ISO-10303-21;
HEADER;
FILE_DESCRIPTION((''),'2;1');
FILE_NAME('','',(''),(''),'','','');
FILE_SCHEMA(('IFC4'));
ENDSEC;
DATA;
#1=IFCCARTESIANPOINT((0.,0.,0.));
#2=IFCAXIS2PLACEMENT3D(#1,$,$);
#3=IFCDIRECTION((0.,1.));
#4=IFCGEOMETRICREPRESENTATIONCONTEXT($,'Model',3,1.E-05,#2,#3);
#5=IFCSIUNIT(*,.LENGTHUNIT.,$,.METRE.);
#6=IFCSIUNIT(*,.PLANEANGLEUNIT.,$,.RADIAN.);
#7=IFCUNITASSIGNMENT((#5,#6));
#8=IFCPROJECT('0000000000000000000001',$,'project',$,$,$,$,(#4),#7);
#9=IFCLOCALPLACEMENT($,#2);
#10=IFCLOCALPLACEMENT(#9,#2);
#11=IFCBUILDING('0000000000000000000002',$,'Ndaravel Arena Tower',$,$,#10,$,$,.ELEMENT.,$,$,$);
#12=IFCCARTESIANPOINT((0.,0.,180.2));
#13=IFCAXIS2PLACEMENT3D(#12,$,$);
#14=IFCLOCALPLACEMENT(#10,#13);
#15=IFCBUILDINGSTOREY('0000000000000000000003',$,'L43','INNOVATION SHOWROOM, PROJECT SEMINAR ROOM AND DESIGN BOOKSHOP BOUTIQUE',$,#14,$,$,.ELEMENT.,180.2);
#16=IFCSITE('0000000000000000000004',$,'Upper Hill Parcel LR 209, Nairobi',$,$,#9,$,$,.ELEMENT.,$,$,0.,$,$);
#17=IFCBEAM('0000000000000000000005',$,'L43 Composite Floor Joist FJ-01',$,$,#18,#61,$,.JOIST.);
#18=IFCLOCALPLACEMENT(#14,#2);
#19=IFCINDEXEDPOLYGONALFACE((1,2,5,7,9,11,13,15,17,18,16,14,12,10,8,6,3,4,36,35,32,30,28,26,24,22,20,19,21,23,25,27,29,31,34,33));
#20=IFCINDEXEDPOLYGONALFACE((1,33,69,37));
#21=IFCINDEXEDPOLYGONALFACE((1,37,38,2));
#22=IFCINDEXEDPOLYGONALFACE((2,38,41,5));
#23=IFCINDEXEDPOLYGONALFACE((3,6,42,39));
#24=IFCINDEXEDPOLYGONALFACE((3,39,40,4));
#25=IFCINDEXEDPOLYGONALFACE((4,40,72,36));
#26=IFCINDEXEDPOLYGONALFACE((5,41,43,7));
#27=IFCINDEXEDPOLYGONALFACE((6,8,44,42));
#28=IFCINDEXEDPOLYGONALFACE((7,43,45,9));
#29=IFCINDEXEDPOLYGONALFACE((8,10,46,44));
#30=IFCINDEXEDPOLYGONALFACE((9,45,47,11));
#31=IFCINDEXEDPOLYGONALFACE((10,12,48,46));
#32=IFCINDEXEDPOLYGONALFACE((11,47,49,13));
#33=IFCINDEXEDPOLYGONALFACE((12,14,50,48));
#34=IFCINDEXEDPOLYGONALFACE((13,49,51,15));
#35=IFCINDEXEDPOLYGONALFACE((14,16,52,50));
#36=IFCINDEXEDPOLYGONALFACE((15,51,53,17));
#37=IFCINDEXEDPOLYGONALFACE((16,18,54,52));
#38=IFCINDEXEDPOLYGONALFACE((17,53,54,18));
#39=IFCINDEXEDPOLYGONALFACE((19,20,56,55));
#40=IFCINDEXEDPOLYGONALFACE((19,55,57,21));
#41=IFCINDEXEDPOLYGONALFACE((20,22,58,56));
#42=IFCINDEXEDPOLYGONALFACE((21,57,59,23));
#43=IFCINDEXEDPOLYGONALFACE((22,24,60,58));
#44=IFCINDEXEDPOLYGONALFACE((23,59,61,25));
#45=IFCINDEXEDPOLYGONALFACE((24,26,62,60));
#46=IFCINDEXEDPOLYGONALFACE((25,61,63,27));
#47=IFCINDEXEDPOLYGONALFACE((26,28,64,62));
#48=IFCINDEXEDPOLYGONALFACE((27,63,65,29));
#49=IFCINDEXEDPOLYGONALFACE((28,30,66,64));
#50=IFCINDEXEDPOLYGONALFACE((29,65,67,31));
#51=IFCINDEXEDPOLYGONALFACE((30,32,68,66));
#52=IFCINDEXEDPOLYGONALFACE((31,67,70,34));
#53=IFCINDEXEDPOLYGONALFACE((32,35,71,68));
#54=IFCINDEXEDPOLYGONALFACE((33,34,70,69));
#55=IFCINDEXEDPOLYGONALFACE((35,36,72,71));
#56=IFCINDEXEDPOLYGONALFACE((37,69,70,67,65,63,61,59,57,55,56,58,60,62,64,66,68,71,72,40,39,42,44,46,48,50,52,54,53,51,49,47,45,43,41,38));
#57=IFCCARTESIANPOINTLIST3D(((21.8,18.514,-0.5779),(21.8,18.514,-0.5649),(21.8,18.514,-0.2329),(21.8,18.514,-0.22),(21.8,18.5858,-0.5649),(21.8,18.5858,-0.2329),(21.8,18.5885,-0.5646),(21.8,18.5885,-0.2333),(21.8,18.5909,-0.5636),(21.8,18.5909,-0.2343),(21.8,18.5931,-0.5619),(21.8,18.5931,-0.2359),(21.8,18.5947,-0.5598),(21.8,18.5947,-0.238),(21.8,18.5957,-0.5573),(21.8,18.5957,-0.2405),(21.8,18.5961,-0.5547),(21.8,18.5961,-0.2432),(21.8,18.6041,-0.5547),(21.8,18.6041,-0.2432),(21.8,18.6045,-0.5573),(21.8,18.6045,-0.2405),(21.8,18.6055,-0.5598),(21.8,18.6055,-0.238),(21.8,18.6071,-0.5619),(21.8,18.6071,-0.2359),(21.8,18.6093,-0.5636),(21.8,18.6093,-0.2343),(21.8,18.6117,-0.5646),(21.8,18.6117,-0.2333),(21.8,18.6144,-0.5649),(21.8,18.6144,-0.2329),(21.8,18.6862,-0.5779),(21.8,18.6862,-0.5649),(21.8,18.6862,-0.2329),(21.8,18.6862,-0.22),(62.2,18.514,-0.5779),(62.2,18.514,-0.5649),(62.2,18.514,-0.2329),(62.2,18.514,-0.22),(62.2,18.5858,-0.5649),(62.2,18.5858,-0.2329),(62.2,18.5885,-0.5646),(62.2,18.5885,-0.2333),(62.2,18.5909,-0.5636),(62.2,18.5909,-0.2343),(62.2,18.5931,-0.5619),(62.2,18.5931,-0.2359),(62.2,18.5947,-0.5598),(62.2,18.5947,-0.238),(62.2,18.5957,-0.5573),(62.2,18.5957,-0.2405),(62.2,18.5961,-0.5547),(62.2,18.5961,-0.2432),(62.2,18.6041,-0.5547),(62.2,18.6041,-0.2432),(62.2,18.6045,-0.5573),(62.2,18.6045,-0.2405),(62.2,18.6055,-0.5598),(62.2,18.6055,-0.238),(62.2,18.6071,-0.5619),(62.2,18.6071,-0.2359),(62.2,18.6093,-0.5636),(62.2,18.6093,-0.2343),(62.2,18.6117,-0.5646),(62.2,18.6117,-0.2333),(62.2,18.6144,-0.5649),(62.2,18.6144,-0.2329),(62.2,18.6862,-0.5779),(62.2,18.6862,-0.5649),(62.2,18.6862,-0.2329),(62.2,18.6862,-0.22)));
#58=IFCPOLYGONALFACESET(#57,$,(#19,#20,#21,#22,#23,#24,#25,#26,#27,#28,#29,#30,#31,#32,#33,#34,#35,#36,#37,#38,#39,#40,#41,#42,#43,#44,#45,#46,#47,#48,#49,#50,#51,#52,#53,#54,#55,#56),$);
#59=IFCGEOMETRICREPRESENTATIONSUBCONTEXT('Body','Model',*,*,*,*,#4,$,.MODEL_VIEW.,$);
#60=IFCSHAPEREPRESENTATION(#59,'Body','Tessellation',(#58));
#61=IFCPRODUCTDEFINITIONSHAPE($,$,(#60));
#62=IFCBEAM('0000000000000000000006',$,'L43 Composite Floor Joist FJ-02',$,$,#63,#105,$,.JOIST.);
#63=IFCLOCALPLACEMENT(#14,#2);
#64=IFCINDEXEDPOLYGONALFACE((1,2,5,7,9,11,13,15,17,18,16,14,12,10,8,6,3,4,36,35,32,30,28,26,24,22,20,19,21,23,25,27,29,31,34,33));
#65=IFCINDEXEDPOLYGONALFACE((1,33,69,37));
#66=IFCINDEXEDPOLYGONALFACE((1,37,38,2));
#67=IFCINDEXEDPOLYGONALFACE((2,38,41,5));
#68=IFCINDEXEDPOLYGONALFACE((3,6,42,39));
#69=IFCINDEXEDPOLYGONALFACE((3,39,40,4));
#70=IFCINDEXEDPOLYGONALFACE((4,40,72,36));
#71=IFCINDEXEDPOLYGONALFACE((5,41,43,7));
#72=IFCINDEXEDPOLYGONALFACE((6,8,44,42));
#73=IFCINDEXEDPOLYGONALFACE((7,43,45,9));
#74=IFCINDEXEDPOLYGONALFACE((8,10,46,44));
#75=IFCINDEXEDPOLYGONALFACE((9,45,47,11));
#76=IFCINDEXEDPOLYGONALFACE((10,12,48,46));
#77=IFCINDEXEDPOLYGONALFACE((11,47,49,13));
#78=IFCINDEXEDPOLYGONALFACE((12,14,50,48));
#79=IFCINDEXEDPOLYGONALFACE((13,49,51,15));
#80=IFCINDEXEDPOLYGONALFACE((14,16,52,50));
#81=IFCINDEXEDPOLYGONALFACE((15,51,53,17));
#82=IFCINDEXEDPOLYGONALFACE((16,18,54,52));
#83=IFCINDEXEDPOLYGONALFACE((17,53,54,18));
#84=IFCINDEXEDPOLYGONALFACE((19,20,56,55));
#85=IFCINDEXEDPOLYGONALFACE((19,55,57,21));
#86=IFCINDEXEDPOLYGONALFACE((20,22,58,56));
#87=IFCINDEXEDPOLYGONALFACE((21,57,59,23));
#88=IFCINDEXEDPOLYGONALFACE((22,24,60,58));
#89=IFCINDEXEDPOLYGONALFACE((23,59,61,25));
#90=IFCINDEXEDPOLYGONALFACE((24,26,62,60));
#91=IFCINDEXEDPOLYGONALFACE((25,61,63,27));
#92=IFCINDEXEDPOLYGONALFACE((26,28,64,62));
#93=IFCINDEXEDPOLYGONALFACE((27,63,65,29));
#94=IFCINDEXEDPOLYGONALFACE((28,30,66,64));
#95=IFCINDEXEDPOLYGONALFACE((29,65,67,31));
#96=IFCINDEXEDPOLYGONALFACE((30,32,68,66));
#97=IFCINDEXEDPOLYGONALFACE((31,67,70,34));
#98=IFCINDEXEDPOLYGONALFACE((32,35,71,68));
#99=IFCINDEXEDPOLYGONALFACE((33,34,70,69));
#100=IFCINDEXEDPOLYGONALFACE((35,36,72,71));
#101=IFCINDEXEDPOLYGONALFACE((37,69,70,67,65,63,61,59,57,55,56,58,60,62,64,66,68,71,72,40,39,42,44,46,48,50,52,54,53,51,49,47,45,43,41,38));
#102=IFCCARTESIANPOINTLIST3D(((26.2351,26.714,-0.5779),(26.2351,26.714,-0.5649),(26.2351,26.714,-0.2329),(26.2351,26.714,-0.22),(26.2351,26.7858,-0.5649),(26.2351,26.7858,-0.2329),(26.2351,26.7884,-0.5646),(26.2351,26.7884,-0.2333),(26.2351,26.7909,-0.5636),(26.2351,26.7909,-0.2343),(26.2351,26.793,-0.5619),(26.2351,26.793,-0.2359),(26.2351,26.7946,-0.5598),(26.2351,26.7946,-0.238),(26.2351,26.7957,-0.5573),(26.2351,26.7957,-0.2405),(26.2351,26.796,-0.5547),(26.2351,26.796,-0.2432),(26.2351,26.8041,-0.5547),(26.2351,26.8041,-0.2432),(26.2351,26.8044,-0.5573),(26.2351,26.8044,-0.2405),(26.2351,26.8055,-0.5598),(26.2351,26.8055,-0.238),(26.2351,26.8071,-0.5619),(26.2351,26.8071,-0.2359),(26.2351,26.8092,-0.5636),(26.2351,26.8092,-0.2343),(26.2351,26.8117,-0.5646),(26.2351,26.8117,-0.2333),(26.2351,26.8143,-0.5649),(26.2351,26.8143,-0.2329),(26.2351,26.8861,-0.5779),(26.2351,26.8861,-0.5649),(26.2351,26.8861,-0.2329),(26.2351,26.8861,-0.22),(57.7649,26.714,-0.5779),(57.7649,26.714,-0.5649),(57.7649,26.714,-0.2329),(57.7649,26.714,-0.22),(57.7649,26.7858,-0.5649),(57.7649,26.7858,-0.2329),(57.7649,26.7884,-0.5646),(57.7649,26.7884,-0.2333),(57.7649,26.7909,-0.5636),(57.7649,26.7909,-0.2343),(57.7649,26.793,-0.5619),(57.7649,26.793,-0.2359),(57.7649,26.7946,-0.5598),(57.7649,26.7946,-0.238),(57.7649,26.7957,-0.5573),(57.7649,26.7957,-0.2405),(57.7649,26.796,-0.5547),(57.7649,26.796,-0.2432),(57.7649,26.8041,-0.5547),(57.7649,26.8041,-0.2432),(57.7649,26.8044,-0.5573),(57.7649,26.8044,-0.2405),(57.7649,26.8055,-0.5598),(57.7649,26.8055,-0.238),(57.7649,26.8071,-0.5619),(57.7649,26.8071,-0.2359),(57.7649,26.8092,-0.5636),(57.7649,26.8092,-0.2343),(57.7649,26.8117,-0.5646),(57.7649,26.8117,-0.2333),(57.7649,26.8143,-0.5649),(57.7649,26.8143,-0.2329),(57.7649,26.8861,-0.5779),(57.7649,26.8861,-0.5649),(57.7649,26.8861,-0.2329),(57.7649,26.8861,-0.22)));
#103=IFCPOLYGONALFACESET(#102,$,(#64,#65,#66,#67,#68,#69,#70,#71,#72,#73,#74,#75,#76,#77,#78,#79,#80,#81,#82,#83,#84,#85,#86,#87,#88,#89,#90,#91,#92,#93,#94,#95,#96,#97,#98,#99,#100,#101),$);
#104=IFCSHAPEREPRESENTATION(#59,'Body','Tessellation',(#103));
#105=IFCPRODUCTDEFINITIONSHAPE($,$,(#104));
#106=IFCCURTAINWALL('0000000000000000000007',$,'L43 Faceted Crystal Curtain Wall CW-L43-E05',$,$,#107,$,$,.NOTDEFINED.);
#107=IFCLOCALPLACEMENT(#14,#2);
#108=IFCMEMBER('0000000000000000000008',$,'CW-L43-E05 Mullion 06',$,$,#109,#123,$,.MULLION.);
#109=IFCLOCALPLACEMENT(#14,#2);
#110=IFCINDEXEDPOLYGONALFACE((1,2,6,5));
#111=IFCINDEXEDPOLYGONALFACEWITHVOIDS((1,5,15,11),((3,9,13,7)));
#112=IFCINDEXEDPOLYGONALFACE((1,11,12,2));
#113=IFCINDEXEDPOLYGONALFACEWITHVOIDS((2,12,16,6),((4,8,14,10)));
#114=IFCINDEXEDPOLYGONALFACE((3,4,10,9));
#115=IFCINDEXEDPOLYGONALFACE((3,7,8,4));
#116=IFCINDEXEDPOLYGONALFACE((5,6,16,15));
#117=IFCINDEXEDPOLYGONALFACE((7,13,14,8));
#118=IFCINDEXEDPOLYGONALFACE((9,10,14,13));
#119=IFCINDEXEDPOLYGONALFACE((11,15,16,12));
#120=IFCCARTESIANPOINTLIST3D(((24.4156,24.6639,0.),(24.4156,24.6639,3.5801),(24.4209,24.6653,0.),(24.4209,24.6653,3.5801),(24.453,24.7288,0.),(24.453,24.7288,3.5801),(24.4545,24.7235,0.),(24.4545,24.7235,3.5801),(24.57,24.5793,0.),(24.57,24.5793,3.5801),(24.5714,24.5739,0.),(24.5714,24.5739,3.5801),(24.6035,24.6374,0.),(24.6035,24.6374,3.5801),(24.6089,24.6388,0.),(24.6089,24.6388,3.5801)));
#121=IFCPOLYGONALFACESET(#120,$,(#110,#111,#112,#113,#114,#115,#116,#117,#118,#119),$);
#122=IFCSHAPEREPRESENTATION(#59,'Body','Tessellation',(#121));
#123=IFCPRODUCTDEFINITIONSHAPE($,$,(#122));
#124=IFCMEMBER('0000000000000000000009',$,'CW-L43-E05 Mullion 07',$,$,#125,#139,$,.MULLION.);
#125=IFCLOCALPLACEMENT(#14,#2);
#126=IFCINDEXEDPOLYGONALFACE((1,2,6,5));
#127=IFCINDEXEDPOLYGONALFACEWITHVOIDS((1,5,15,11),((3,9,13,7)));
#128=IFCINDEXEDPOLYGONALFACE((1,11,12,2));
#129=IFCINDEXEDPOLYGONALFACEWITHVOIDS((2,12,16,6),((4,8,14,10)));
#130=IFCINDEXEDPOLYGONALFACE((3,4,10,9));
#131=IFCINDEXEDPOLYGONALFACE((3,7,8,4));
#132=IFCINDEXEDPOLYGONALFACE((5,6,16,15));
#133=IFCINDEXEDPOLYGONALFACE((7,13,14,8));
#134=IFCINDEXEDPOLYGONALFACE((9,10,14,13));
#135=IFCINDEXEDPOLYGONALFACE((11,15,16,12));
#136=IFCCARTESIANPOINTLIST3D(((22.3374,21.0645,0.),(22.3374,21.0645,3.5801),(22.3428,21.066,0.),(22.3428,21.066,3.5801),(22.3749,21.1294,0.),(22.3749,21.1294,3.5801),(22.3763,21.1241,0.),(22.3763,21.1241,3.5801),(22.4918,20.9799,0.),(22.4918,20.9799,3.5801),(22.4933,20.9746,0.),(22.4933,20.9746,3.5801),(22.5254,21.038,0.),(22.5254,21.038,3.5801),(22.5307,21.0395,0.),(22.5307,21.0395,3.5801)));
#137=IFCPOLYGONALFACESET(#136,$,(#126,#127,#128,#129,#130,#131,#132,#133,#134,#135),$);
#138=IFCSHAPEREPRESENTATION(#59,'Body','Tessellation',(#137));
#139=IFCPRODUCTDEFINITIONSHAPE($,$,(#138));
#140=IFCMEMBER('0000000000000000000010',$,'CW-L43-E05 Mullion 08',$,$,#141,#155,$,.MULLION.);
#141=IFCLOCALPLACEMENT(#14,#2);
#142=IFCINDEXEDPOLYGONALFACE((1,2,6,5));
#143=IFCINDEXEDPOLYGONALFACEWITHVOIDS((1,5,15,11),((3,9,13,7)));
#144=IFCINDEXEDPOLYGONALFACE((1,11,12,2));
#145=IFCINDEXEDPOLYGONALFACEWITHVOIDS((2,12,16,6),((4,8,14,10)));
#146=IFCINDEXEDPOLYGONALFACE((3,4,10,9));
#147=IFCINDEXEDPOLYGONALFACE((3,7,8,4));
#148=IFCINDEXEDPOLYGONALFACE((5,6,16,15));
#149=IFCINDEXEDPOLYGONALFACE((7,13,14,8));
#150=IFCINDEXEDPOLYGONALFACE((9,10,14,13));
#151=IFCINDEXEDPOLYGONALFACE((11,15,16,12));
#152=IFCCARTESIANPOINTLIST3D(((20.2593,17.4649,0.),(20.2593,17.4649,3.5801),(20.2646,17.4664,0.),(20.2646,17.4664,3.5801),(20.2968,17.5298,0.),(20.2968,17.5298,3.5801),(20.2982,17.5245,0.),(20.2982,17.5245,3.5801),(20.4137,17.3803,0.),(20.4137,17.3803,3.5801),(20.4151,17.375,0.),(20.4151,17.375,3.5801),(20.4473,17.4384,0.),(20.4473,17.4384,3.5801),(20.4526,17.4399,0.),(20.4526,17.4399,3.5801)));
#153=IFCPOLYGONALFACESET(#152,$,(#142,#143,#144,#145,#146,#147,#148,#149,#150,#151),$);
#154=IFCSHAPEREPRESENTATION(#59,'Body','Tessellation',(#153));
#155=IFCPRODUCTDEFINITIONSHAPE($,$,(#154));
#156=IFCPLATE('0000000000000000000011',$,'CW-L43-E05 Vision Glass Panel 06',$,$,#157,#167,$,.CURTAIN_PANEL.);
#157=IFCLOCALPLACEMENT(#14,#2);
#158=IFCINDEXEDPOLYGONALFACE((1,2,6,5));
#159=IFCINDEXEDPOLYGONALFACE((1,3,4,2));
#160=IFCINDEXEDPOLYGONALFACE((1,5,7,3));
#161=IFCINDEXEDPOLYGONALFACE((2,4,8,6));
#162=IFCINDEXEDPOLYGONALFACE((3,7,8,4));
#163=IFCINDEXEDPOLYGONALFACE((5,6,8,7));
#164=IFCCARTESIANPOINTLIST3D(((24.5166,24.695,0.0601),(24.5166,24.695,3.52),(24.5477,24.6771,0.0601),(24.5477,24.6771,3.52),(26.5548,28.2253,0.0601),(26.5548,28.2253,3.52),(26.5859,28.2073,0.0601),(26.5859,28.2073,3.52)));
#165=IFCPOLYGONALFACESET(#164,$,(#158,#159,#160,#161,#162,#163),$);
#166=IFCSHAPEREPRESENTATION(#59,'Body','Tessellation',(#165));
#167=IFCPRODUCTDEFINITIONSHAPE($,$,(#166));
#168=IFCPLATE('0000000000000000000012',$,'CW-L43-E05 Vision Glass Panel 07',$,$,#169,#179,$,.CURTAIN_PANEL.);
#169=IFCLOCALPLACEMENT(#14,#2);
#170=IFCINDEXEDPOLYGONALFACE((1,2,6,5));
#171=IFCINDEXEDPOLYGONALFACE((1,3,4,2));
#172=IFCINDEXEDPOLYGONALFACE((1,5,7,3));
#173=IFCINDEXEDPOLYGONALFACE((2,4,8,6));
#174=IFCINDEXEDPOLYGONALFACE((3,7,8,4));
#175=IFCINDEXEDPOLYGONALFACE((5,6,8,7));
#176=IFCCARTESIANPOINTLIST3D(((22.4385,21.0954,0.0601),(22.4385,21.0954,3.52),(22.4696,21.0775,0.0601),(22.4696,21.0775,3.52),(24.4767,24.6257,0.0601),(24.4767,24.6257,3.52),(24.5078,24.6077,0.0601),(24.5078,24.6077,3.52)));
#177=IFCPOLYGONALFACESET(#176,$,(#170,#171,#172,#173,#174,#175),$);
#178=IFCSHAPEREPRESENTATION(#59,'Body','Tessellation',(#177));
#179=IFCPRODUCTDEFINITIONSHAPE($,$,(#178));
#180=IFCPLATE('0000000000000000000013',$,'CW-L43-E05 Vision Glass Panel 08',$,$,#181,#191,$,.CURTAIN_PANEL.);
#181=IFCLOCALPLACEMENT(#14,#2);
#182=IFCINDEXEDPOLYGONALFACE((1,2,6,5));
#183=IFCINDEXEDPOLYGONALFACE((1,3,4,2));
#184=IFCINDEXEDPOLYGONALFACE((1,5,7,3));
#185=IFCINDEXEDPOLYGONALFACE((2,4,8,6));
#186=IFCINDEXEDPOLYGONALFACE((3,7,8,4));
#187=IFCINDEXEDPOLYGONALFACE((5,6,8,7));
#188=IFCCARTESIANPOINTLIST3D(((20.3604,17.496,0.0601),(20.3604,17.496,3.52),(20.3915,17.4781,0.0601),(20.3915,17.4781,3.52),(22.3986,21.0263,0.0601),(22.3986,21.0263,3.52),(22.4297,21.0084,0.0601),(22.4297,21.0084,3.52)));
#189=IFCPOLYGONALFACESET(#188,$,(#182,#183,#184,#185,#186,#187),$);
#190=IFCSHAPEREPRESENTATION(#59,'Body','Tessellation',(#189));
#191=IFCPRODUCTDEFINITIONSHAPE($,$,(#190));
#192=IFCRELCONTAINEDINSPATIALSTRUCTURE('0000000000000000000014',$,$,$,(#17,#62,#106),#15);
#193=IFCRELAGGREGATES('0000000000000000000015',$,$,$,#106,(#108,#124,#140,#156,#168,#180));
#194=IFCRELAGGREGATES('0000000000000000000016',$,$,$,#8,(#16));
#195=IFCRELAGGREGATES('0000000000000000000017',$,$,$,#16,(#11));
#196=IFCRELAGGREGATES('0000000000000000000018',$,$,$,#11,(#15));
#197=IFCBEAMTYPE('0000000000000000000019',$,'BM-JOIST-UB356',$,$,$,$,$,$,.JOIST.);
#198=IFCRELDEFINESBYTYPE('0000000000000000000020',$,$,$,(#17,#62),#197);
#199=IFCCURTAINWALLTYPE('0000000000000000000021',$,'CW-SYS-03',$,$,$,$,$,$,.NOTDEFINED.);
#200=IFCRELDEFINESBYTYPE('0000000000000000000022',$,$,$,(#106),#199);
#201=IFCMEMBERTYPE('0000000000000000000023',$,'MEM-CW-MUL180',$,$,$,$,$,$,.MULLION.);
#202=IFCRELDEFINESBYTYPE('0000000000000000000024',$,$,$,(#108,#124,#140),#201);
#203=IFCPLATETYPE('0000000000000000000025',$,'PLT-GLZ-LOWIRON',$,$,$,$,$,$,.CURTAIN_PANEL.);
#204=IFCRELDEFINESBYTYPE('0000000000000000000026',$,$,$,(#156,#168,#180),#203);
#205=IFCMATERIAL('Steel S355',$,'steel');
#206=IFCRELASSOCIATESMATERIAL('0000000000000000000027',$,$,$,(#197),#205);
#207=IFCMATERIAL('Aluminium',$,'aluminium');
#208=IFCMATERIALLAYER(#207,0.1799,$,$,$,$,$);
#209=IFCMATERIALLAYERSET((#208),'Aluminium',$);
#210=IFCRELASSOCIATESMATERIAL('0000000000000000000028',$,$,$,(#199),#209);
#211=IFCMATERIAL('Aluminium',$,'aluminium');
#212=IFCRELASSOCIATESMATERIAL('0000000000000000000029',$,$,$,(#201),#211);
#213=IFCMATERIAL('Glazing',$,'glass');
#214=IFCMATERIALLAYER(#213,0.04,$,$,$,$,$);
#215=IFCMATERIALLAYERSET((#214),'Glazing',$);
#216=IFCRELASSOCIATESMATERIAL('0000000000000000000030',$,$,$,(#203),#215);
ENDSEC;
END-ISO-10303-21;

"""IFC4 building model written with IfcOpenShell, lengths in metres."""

from ifc_helpers import new_model, si_unit, direction, frame, origin, origin_2d, place, context, subcontext, project, spatial, rectangle, hollow_rectangle, i_section, extrude, material, layer, layer_set, material_profile, profile_set, type_object, element, aggregate, save


model = new_model("IFC4")

# Units and contexts
model_context = context("Model", 3, precision=1e-05, world=origin(), true_north=direction((0.0, 1.0)))
body_context = subcontext(model_context, "Body", "Model", "MODEL_VIEW")
ifc_project = project(units=[si_unit("LENGTHUNIT", "METRE"), si_unit("PLANEANGLEUNIT", "RADIAN")], contexts=[model_context])

# Site, building, storey
site_placement = place(None, origin())
site = spatial("IfcSite", under=ifc_project, at=site_placement, Name="Upper Hill Parcel LR 209, Nairobi", CompositionType="ELEMENT", RefElevation=0.0)
building_placement = place(site_placement, origin())
building = spatial("IfcBuilding", under=site, at=building_placement, Name="Ndaravel Arena Tower", CompositionType="ELEMENT")
storey_placement = place(building_placement, frame((0.0, 0.0, 180.2)))
storey = spatial("IfcBuildingStorey", under=building, at=storey_placement, Name="L43", Description="INNOVATION SHOWROOM, PROJECT SEMINAR ROOM AND DESIGN BOOKSHOP BOUTIQUE", CompositionType="ELEMENT", Elevation=180.2)

# Beams
ifc_material_1 = material(Name="Steel S355", Category="steel")
ifc_material_profile_1 = material_profile(ifc_material_1, i_section(OverallWidth=0.1721, OverallDepth=0.3579, WebThickness=0.0081, FlangeThickness=0.0129, FilletRadius=0.0103, at=origin_2d()), Name="UB 356x171x57")
ifc_profile_set_1 = profile_set([ifc_material_profile_1], Name="Steel S355")
beam_type = type_object("IfcBeamType", Name="BM-JOIST-UB356", PredefinedType="JOIST", material=ifc_profile_set_1)
beam_1_placement = place(storey_placement, frame((21.8, 18.6001, -0.3989), z_axis=(1.0, 0.0, 0.0), x_axis=(0.0, 1.0, 0.0)))
element("IfcBeam", 1, at=beam_1_placement, inside=storey, type_object=beam_type, Name="L43 Composite Floor Joist FJ-01", PredefinedType="JOIST", context=body_context, shape_type="SweptSolid", body=[
    extrude(i_section(OverallWidth=0.1721, OverallDepth=0.3579, WebThickness=0.0081, FlangeThickness=0.0129, FilletRadius=0.0103, at=origin_2d()), origin(), (0.0, 0.0, 1.0), 40.3999),
])
beam_2_placement = place(storey_placement, frame((26.2351, 26.8, -0.3989), z_axis=(1.0, 0.0, 0.0), x_axis=(0.0, 1.0, 0.0)))
element("IfcBeam", 2, at=beam_2_placement, inside=storey, type_object=beam_type, Name="L43 Composite Floor Joist FJ-02", PredefinedType="JOIST", context=body_context, shape_type="SweptSolid", body=[
    extrude(i_section(OverallWidth=0.1721, OverallDepth=0.3579, WebThickness=0.0081, FlangeThickness=0.0129, FilletRadius=0.0103, at=origin_2d()), origin(), (0.0, 0.0, 1.0), 31.5298),
])

# Curtain wall, members, plates
ifc_material_2 = material(Name="Aluminium", Category="aluminium")
ifc_layer_1 = layer(ifc_material_2, 0.1799)
ifc_layer_set_1 = layer_set([ifc_layer_1], Name="Aluminium")
curtain_wall_type = type_object("IfcCurtainWallType", Name="CW-SYS-03", PredefinedType="NOTDEFINED", material=ifc_layer_set_1)
curtain_wall_placement = place(storey_placement, origin())
curtain_wall = element("IfcCurtainWall", 3, at=curtain_wall_placement, inside=storey, type_object=curtain_wall_type, Name="L43 Faceted Crystal Curtain Wall CW-L43-E05", PredefinedType="NOTDEFINED")
ifc_material_3 = material(Name="Aluminium", Category="aluminium")
ifc_material_profile_2 = material_profile(ifc_material_3, hollow_rectangle(XDim=0.075, YDim=0.1799, WallThickness=0.0039, at=origin_2d()), Name="CW MULLION 75x180x4")
ifc_profile_set_2 = profile_set([ifc_material_profile_2], Name="Aluminium")
member_type = type_object("IfcMemberType", Name="MEM-CW-MUL180", PredefinedType="MULLION", material=ifc_profile_set_2)
member_1_placement = place(storey_placement, frame((24.5122, 24.6514, 0.0), z_axis=(0.0, 0.0, 1.0), x_axis=(-0.5, -0.866025, 0.0)))
member_1 = element("IfcMember", 4, at=member_1_placement, type_object=member_type, Name="CW-L43-E05 Mullion 06", PredefinedType="MULLION", context=body_context, shape_type="SweptSolid", body=[
    extrude(hollow_rectangle(XDim=0.075, YDim=0.1799, WallThickness=0.0039, at=origin_2d()), origin(), (0.0, 0.0, 1.0), 3.5801),
])
member_2_placement = place(storey_placement, frame((22.4341, 21.052, 0.0), z_axis=(0.0, 0.0, 1.0), x_axis=(-0.5, -0.866025, 0.0)))
member_2 = element("IfcMember", 5, at=member_2_placement, type_object=member_type, Name="CW-L43-E05 Mullion 07", PredefinedType="MULLION", context=body_context, shape_type="SweptSolid", body=[
    extrude(hollow_rectangle(XDim=0.075, YDim=0.1799, WallThickness=0.0039, at=origin_2d()), origin(), (0.0, 0.0, 1.0), 3.5801),
])
member_3_placement = place(storey_placement, frame((20.356, 17.4524, 0.0), z_axis=(0.0, 0.0, 1.0), x_axis=(-0.5, -0.866025, 0.0)))
member_3 = element("IfcMember", 6, at=member_3_placement, type_object=member_type, Name="CW-L43-E05 Mullion 08", PredefinedType="MULLION", context=body_context, shape_type="SweptSolid", body=[
    extrude(hollow_rectangle(XDim=0.075, YDim=0.1799, WallThickness=0.0039, at=origin_2d()), origin(), (0.0, 0.0, 1.0), 3.5801),
])
ifc_material_4 = material(Name="Glazing", Category="glass")
ifc_layer_2 = layer(ifc_material_4, 0.04)
ifc_layer_set_2 = layer_set([ifc_layer_2], Name="Glazing")
plate_type = type_object("IfcPlateType", Name="PLT-GLZ-LOWIRON", PredefinedType="CURTAIN_PANEL", material=ifc_layer_set_2)
plate_1_placement = place(storey_placement, frame((25.5513, 26.4512, 0.0601), z_axis=(0.0, 0.0, 1.0), x_axis=(-0.5, -0.866025, 0.0)))
plate_1 = element("IfcPlate", 7, at=plate_1_placement, type_object=plate_type, Name="CW-L43-E05 Vision Glass Panel 06", PredefinedType="CURTAIN_PANEL", context=body_context, shape_type="SweptSolid", body=[
    extrude(rectangle(XDim=4.0764, YDim=0.0359, at=origin_2d()), origin(), (0.0, 0.0, 1.0), 3.46),
])
plate_2_placement = place(storey_placement, frame((23.4731, 22.8516, 0.0601), z_axis=(0.0, 0.0, 1.0), x_axis=(-0.5, -0.866025, 0.0)))
plate_2 = element("IfcPlate", 8, at=plate_2_placement, type_object=plate_type, Name="CW-L43-E05 Vision Glass Panel 07", PredefinedType="CURTAIN_PANEL", context=body_context, shape_type="SweptSolid", body=[
    extrude(rectangle(XDim=4.0764, YDim=0.0359, at=origin_2d()), origin(), (0.0, 0.0, 1.0), 3.46),
])
plate_3_placement = place(storey_placement, frame((21.395, 19.2522, 0.0601), z_axis=(0.0, 0.0, 1.0), x_axis=(-0.5, -0.866025, 0.0)))
plate_3 = element("IfcPlate", 9, at=plate_3_placement, type_object=plate_type, Name="CW-L43-E05 Vision Glass Panel 08", PredefinedType="CURTAIN_PANEL", context=body_context, shape_type="SweptSolid", body=[
    extrude(rectangle(XDim=4.0764, YDim=0.0359, at=origin_2d()), origin(), (0.0, 0.0, 1.0), 3.46),
])
aggregate(curtain_wall, [member_1, member_2, member_3, plate_1, plate_2, plate_3])

save(model, "model.ifc")
